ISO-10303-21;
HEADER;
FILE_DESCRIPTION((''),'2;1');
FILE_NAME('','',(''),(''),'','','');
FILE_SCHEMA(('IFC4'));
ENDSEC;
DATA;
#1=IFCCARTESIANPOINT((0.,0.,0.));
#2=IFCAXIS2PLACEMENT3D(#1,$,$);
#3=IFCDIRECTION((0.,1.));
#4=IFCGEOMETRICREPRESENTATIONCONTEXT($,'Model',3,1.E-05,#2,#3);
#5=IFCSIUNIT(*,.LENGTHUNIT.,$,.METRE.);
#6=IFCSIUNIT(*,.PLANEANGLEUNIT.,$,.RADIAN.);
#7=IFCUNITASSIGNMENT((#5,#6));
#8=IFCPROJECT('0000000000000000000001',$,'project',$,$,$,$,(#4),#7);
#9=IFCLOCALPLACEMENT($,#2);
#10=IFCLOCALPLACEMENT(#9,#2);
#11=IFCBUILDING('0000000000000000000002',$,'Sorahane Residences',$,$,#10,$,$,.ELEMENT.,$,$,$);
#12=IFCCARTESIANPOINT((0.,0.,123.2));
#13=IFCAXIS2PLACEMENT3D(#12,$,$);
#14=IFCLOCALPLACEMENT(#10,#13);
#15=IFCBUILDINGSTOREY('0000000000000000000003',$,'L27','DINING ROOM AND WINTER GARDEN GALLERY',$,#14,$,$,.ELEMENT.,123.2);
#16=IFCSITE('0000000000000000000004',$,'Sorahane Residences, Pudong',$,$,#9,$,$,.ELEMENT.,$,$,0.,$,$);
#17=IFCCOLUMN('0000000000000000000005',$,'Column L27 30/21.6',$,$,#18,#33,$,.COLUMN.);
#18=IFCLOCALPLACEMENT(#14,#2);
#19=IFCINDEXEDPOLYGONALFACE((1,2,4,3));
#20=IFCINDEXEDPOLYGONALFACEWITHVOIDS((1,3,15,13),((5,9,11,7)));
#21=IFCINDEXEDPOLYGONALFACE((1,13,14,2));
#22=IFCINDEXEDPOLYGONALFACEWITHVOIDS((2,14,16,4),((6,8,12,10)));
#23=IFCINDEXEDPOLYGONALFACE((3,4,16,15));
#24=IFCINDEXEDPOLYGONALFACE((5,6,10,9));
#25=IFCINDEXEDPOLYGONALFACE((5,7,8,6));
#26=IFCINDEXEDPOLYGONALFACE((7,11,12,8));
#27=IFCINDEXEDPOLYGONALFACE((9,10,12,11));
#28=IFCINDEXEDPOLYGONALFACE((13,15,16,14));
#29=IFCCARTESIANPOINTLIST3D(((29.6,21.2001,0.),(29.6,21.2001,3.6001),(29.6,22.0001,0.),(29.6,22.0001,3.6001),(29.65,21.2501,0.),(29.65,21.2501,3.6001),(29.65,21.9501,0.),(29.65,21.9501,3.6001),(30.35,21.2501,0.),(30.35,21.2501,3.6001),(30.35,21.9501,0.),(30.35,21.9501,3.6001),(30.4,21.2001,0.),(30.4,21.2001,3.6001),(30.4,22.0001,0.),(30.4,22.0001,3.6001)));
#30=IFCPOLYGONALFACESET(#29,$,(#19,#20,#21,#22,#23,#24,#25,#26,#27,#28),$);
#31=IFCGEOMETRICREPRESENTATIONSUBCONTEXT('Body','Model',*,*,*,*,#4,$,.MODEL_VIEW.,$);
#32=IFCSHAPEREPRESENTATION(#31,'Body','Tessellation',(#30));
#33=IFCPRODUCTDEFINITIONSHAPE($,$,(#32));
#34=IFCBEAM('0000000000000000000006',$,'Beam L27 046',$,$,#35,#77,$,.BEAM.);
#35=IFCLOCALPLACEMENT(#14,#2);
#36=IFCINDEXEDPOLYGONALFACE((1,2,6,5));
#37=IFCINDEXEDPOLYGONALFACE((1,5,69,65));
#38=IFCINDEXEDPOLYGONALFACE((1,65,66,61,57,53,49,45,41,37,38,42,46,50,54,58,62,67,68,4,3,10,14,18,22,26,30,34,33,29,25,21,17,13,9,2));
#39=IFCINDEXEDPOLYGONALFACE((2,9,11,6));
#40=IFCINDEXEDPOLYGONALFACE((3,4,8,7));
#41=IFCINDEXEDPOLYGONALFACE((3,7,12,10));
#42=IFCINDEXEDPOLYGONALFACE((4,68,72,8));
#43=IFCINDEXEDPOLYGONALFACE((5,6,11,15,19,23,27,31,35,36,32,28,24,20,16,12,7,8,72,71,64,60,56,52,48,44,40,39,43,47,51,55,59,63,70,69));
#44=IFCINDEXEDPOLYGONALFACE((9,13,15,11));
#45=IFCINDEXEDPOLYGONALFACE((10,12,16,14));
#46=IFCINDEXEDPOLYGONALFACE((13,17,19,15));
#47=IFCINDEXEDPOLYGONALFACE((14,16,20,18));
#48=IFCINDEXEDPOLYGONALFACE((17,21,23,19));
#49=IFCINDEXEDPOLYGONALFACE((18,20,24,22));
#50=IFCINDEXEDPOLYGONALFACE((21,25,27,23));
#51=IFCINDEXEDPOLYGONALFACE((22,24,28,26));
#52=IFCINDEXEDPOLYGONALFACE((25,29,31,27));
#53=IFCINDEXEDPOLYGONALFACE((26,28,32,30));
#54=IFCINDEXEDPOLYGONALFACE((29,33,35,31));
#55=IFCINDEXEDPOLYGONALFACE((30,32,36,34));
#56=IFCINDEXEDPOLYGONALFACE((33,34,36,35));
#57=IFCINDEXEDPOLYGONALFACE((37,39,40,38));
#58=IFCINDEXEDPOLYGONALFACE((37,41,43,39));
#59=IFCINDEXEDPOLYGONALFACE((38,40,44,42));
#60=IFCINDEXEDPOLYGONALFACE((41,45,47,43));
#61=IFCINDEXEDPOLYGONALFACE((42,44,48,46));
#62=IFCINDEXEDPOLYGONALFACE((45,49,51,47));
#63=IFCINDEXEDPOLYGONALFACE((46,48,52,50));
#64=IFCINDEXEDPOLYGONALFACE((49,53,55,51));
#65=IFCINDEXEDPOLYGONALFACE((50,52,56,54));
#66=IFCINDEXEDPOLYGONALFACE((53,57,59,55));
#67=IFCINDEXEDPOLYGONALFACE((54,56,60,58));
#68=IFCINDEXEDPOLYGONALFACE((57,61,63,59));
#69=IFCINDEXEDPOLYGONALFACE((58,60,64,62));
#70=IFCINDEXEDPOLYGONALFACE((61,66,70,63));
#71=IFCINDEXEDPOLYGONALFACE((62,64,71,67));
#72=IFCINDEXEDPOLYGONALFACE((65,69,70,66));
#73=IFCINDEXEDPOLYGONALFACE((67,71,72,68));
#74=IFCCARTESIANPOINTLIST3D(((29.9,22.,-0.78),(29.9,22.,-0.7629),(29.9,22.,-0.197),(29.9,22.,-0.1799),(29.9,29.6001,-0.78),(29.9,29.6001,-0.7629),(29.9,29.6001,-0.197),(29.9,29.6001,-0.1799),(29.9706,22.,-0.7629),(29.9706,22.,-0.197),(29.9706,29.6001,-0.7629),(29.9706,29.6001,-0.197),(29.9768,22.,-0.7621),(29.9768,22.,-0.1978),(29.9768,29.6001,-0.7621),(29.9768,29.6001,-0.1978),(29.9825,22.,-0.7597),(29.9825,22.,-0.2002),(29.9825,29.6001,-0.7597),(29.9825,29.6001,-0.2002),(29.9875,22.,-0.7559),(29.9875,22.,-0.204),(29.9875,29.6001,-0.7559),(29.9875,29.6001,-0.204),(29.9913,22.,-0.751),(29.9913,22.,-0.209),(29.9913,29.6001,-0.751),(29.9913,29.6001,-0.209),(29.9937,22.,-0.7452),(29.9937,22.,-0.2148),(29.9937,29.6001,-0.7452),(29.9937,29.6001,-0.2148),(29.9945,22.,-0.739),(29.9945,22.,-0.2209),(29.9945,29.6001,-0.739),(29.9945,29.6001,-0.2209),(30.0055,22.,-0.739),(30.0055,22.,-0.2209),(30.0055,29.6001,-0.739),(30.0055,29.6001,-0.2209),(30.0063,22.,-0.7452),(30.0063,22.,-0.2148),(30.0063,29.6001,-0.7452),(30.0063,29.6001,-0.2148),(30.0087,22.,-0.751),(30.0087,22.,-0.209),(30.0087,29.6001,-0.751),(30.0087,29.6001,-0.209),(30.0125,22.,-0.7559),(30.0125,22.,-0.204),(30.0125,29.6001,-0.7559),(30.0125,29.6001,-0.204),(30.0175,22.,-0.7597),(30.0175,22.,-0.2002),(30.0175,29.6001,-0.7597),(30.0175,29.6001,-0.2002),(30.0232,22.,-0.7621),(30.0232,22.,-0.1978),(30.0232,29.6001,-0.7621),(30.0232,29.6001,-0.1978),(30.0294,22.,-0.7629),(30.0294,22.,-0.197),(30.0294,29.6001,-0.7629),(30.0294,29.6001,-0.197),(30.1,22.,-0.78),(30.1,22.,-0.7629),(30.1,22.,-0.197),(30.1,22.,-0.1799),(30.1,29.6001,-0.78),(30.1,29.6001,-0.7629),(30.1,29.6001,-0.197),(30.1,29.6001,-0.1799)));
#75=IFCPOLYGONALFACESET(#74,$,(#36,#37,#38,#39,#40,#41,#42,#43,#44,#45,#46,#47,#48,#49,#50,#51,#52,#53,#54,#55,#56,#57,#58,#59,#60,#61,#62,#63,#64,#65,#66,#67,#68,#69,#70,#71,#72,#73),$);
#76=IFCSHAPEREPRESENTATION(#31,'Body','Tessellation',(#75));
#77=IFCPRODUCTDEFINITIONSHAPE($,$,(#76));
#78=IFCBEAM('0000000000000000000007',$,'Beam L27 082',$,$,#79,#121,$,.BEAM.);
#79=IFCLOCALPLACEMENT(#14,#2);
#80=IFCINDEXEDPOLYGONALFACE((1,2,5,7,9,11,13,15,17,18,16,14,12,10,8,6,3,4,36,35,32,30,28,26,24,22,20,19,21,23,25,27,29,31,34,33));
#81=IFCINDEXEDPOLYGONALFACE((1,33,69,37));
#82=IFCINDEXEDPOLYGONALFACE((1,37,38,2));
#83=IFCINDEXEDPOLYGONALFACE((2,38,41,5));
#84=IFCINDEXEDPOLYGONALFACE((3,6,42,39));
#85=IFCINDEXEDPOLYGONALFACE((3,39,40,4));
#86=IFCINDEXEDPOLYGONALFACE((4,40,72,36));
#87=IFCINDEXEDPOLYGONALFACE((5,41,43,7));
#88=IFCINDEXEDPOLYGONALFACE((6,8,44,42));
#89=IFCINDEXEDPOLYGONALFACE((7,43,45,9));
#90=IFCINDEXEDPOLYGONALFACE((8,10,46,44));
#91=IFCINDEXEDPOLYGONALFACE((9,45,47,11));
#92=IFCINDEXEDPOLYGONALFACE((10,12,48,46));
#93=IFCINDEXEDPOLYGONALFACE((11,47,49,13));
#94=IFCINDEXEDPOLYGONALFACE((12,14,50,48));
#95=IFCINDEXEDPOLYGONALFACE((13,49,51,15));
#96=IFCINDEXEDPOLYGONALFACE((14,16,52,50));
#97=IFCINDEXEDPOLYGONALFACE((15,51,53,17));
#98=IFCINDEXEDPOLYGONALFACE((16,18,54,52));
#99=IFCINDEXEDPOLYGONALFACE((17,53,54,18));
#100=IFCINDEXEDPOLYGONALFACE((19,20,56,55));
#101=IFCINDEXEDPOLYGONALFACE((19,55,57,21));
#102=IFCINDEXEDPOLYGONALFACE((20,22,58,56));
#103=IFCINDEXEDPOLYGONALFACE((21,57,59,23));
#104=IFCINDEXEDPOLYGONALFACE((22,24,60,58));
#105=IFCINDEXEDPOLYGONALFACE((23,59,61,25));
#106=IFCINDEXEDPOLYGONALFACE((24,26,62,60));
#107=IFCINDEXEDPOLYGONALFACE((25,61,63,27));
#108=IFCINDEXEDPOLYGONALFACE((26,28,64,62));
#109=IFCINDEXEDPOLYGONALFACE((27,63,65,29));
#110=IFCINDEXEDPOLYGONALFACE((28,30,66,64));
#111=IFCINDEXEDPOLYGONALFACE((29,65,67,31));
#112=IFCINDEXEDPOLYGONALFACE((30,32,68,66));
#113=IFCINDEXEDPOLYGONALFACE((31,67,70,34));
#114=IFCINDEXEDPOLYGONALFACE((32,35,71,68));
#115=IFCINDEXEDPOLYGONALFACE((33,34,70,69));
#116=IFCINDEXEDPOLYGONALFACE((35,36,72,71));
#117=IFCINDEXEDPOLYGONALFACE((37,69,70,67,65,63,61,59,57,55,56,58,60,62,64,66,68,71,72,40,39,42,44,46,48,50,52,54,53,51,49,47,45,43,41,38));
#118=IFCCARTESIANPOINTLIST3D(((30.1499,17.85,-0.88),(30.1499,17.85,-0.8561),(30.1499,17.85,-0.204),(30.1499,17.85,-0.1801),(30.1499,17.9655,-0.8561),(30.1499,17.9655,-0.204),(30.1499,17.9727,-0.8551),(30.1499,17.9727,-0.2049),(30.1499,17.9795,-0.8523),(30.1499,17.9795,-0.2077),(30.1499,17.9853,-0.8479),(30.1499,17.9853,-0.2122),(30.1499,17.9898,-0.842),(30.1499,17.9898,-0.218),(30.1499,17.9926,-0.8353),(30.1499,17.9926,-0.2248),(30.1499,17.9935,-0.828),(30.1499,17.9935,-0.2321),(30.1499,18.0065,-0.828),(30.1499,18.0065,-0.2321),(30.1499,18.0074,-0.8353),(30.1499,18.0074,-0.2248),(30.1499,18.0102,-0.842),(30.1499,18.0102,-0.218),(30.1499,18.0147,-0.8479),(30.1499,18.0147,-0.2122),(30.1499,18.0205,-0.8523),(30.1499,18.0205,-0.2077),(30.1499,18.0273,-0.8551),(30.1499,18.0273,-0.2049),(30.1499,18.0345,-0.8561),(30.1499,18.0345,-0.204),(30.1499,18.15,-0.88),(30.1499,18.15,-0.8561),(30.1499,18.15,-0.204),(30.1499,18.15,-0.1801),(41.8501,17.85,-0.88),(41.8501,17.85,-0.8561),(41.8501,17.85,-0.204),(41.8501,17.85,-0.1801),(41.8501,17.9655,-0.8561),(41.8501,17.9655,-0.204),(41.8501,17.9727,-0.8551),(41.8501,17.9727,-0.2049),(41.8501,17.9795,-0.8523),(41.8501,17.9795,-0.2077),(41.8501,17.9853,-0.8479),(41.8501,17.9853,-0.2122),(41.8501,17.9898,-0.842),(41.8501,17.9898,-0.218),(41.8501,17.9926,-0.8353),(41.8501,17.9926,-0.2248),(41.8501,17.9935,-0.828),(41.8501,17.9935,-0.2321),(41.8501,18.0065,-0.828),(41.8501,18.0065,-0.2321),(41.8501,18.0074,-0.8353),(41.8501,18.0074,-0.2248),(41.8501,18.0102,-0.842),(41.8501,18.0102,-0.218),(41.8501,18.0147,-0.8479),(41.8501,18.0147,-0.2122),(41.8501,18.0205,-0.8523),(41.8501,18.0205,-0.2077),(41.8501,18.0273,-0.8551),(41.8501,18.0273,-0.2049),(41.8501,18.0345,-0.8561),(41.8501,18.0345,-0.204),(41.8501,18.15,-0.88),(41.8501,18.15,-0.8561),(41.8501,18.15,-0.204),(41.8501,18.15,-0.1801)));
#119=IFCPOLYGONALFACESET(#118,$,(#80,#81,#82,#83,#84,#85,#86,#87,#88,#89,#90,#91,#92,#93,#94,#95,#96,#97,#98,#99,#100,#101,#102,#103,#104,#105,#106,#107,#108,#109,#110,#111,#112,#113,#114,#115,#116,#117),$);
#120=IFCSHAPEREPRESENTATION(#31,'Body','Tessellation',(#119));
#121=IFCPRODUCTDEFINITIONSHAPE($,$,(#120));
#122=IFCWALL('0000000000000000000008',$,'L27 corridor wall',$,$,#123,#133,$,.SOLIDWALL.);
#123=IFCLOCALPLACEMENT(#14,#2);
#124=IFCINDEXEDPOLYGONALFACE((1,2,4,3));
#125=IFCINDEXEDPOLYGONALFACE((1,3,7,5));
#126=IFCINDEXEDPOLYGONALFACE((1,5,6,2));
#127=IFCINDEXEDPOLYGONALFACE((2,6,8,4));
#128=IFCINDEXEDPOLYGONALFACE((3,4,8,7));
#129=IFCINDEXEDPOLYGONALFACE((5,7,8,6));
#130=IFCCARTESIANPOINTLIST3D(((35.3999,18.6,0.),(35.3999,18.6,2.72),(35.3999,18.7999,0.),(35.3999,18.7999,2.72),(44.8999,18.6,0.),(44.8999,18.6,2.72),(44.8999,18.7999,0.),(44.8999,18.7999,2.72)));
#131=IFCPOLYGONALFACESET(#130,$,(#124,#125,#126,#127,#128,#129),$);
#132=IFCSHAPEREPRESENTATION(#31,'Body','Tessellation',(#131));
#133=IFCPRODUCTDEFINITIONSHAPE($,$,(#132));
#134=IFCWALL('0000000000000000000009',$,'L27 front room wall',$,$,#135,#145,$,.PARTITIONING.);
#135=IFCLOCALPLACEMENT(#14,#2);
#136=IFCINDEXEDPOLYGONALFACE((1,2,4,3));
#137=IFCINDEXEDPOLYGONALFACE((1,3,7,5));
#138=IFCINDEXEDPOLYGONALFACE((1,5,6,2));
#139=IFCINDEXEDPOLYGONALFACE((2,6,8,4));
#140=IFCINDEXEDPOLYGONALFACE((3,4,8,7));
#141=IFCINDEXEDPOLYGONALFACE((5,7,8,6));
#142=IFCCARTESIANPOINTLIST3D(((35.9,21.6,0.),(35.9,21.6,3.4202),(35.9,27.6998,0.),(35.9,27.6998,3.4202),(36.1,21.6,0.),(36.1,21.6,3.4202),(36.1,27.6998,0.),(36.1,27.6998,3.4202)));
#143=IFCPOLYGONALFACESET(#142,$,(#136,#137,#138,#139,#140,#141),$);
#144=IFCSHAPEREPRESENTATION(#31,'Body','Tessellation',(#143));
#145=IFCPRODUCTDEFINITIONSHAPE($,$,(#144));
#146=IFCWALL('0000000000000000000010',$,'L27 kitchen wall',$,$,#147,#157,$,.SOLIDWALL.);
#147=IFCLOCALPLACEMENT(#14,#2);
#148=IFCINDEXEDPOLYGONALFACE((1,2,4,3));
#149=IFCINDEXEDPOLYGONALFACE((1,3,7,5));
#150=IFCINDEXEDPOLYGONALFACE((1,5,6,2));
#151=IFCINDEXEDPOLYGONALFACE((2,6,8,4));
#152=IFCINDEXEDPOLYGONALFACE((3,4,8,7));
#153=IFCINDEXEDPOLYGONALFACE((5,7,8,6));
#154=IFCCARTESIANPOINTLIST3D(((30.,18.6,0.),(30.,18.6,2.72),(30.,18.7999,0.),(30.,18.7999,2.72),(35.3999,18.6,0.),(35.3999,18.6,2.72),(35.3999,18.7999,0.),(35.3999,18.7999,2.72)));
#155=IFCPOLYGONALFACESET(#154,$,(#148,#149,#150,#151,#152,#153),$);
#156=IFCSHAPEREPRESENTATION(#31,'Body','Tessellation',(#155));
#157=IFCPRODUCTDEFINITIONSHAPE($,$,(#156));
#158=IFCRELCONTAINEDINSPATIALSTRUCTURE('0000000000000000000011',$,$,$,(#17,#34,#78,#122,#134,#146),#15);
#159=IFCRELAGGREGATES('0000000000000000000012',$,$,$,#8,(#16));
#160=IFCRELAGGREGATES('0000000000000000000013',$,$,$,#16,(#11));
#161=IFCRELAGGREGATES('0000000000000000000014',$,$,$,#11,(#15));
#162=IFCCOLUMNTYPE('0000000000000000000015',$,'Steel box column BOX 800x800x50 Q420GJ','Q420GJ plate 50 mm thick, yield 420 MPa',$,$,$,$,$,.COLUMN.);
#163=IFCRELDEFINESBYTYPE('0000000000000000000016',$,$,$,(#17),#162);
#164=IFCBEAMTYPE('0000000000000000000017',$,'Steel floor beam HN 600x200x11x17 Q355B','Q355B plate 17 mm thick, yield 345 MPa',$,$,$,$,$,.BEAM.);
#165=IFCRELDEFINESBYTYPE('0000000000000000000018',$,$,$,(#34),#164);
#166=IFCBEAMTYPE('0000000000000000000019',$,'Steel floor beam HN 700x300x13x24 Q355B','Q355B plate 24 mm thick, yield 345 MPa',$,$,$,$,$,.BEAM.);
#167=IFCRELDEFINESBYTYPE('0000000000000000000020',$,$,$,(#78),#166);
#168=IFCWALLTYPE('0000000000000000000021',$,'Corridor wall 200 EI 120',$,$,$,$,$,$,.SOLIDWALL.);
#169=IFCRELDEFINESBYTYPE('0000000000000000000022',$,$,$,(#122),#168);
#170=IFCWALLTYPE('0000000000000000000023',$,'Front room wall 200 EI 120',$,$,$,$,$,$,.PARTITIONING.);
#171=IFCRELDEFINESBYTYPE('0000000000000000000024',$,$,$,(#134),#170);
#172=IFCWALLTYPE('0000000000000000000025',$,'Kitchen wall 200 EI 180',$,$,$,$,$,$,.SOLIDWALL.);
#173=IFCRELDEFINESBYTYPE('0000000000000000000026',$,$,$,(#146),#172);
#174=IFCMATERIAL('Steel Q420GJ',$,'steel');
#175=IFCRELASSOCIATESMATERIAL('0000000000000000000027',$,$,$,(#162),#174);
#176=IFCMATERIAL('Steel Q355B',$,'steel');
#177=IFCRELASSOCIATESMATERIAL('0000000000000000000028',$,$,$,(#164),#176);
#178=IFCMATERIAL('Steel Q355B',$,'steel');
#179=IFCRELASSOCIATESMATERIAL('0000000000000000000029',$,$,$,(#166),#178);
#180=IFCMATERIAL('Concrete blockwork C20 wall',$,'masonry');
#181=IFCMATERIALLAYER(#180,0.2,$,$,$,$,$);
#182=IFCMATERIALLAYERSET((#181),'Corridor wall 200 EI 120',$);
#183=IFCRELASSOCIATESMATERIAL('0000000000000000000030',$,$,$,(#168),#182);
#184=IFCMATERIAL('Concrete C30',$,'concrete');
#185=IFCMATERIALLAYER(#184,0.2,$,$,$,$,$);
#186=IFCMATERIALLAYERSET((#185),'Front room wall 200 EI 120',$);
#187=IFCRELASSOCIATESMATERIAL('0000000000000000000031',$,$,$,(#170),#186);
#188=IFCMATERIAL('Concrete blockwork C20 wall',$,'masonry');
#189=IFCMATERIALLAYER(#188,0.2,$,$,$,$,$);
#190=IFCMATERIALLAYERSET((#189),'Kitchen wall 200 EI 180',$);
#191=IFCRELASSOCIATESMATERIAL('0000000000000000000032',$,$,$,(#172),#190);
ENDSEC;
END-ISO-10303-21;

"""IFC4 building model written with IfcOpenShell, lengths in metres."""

from ifc_helpers import new_model, si_unit, direction, frame, frame_2d, origin, origin_2d, place, context, subcontext, project, spatial, rectangle, hollow_rectangle, i_section, extrude, material, layer, layer_set, material_profile, profile_set, type_object, element, save


model = new_model("IFC4")

# Units and contexts
model_context = context("Model", 3, precision=1e-05, world=origin(), true_north=direction((0.0, 1.0)))
body_context = subcontext(model_context, "Body", "Model", "MODEL_VIEW")
ifc_project = project(units=[si_unit("LENGTHUNIT", "METRE"), si_unit("PLANEANGLEUNIT", "RADIAN")], contexts=[model_context])

# Site, building, storey
site_placement = place(None, origin())
site = spatial("IfcSite", under=ifc_project, at=site_placement, Name="Sorahane Residences, Pudong", CompositionType="ELEMENT", RefElevation=0.0)
building_placement = place(site_placement, origin())
building = spatial("IfcBuilding", under=site, at=building_placement, Name="Sorahane Residences", CompositionType="ELEMENT")
storey_placement = place(building_placement, frame((0.0, 0.0, 123.2)))
storey = spatial("IfcBuildingStorey", under=building, at=storey_placement, Name="L27", Description="DINING ROOM AND WINTER GARDEN GALLERY", CompositionType="ELEMENT", Elevation=123.2)

# Column
ifc_material_1 = material(Name="Steel Q420GJ", Category="steel")
ifc_material_profile_1 = material_profile(ifc_material_1, hollow_rectangle(XDim=0.8, YDim=0.8, WallThickness=0.05, at=origin_2d()), Name="BOX 800x800x50")
ifc_profile_set_1 = profile_set([ifc_material_profile_1], Name="Steel Q420GJ")
column_type = type_object("IfcColumnType", Name="Steel box column BOX 800x800x50 Q420GJ", Description="Q420GJ plate 50 mm thick, yield 420 MPa", PredefinedType="COLUMN", material=ifc_profile_set_1)
column_placement = place(storey_placement, frame((30.0, 21.6001, 0.0), z_axis=(0.0, 0.0, 1.0), x_axis=(1.0, 0.0, 0.0)))
element("IfcColumn", 1, at=column_placement, inside=storey, type_object=column_type, Name="Column L27 30/21.6", PredefinedType="COLUMN", context=body_context, shape_type="SweptSolid", body=[
    extrude(hollow_rectangle(XDim=0.8, YDim=0.8, WallThickness=0.05, at=origin_2d()), origin(), (0.0, 0.0, 1.0), 3.6001),
])

# Beams
ifc_material_2 = material(Name="Steel Q355B", Category="steel")
ifc_material_profile_2 = material_profile(ifc_material_2, i_section(OverallWidth=0.2, OverallDepth=0.6001, WebThickness=0.011, FlangeThickness=0.0171, FilletRadius=0.0239, at=origin_2d()), Name="HN 600x200x11x17")
ifc_profile_set_2 = profile_set([ifc_material_profile_2], Name="Steel Q355B")
beam_type_1 = type_object("IfcBeamType", Name="Steel floor beam HN 600x200x11x17 Q355B", Description="Q355B plate 17 mm thick, yield 345 MPa", PredefinedType="BEAM", material=ifc_profile_set_2)
beam_1_placement = place(storey_placement, frame((30.0, 22.0, -0.48), z_axis=(0.0, 1.0, 0.0), x_axis=(-1.0, 0.0, 0.0)))
element("IfcBeam", 2, at=beam_1_placement, inside=storey, type_object=beam_type_1, Name="Beam L27 046", PredefinedType="BEAM", context=body_context, shape_type="SweptSolid", body=[
    extrude(i_section(OverallWidth=0.2, OverallDepth=0.6001, WebThickness=0.011, FlangeThickness=0.0171, FilletRadius=0.0239, at=origin_2d()), origin(), (0.0, 0.0, 1.0), 7.6001),
])
ifc_material_3 = material(Name="Steel Q355B", Category="steel")
ifc_material_profile_3 = material_profile(ifc_material_3, i_section(OverallWidth=0.3, OverallDepth=0.7, WebThickness=0.0129, FlangeThickness=0.0239, FilletRadius=0.0281, at=origin_2d()), Name="HN 700x300x13x24")
ifc_profile_set_3 = profile_set([ifc_material_profile_3], Name="Steel Q355B")
beam_type_2 = type_object("IfcBeamType", Name="Steel floor beam HN 700x300x13x24 Q355B", Description="Q355B plate 24 mm thick, yield 345 MPa", PredefinedType="BEAM", material=ifc_profile_set_3)
beam_2_placement = place(storey_placement, frame((30.1499, 18.0, -0.53), z_axis=(1.0, 0.0, 0.0), x_axis=(0.0, 1.0, 0.0)))
element("IfcBeam", 3, at=beam_2_placement, inside=storey, type_object=beam_type_2, Name="Beam L27 082", PredefinedType="BEAM", context=body_context, shape_type="SweptSolid", body=[
    extrude(i_section(OverallWidth=0.3, OverallDepth=0.7, WebThickness=0.0129, FlangeThickness=0.0239, FilletRadius=0.0281, at=origin_2d()), origin(), (0.0, 0.0, 1.0), 11.7002),
])

# Walls
ifc_material_4 = material(Name="Concrete blockwork C20 wall", Category="masonry")
ifc_layer_1 = layer(ifc_material_4, 0.2)
ifc_layer_set_1 = layer_set([ifc_layer_1], Name="Corridor wall 200 EI 120")
wall_type_1 = type_object("IfcWallType", Name="Corridor wall 200 EI 120", PredefinedType="SOLIDWALL", material=ifc_layer_set_1)
wall_1_placement = place(storey_placement, frame((35.3999, 18.7, 0.0), z_axis=(0.0, 0.0, 1.0), x_axis=(1.0, 0.0, 0.0)))
element("IfcWall", 4, at=wall_1_placement, inside=storey, type_object=wall_type_1, Name="L27 corridor wall", PredefinedType="SOLIDWALL", context=body_context, shape_type="SweptSolid", body=[
    extrude(rectangle(XDim=9.5, YDim=0.2, at=frame_2d((4.75, 0.0))), origin(), (0.0, 0.0, 1.0), 2.72),
])
ifc_material_5 = material(Name="Concrete C30", Category="concrete")
ifc_layer_2 = layer(ifc_material_5, 0.2)
ifc_layer_set_2 = layer_set([ifc_layer_2], Name="Front room wall 200 EI 120")
wall_type_2 = type_object("IfcWallType", Name="Front room wall 200 EI 120", PredefinedType="PARTITIONING", material=ifc_layer_set_2)
wall_2_placement = place(storey_placement, frame((36.0, 21.6001, 0.0), z_axis=(0.0, 0.0, 1.0), x_axis=(0.0, 1.0, 0.0)))
element("IfcWall", 5, at=wall_2_placement, inside=storey, type_object=wall_type_2, Name="L27 front room wall", PredefinedType="PARTITIONING", context=body_context, shape_type="SweptSolid", body=[
    extrude(rectangle(XDim=6.0999, YDim=0.2, at=frame_2d((3.0498, 0.0))), origin(), (0.0, 0.0, 1.0), 3.4202),
])
ifc_material_6 = material(Name="Concrete blockwork C20 wall", Category="masonry")
ifc_layer_3 = layer(ifc_material_6, 0.2)
ifc_layer_set_3 = layer_set([ifc_layer_3], Name="Kitchen wall 200 EI 180")
wall_type_3 = type_object("IfcWallType", Name="Kitchen wall 200 EI 180", PredefinedType="SOLIDWALL", material=ifc_layer_set_3)
wall_3_placement = place(storey_placement, frame((30.0, 18.7, 0.0), z_axis=(0.0, 0.0, 1.0), x_axis=(1.0, 0.0, 0.0)))
element("IfcWall", 6, at=wall_3_placement, inside=storey, type_object=wall_type_3, Name="L27 kitchen wall", PredefinedType="SOLIDWALL", context=body_context, shape_type="SweptSolid", body=[
    extrude(rectangle(XDim=5.3999, YDim=0.2, at=frame_2d((2.7, 0.0))), origin(), (0.0, 0.0, 1.0), 2.72),
])

save(model, "model.ifc")
